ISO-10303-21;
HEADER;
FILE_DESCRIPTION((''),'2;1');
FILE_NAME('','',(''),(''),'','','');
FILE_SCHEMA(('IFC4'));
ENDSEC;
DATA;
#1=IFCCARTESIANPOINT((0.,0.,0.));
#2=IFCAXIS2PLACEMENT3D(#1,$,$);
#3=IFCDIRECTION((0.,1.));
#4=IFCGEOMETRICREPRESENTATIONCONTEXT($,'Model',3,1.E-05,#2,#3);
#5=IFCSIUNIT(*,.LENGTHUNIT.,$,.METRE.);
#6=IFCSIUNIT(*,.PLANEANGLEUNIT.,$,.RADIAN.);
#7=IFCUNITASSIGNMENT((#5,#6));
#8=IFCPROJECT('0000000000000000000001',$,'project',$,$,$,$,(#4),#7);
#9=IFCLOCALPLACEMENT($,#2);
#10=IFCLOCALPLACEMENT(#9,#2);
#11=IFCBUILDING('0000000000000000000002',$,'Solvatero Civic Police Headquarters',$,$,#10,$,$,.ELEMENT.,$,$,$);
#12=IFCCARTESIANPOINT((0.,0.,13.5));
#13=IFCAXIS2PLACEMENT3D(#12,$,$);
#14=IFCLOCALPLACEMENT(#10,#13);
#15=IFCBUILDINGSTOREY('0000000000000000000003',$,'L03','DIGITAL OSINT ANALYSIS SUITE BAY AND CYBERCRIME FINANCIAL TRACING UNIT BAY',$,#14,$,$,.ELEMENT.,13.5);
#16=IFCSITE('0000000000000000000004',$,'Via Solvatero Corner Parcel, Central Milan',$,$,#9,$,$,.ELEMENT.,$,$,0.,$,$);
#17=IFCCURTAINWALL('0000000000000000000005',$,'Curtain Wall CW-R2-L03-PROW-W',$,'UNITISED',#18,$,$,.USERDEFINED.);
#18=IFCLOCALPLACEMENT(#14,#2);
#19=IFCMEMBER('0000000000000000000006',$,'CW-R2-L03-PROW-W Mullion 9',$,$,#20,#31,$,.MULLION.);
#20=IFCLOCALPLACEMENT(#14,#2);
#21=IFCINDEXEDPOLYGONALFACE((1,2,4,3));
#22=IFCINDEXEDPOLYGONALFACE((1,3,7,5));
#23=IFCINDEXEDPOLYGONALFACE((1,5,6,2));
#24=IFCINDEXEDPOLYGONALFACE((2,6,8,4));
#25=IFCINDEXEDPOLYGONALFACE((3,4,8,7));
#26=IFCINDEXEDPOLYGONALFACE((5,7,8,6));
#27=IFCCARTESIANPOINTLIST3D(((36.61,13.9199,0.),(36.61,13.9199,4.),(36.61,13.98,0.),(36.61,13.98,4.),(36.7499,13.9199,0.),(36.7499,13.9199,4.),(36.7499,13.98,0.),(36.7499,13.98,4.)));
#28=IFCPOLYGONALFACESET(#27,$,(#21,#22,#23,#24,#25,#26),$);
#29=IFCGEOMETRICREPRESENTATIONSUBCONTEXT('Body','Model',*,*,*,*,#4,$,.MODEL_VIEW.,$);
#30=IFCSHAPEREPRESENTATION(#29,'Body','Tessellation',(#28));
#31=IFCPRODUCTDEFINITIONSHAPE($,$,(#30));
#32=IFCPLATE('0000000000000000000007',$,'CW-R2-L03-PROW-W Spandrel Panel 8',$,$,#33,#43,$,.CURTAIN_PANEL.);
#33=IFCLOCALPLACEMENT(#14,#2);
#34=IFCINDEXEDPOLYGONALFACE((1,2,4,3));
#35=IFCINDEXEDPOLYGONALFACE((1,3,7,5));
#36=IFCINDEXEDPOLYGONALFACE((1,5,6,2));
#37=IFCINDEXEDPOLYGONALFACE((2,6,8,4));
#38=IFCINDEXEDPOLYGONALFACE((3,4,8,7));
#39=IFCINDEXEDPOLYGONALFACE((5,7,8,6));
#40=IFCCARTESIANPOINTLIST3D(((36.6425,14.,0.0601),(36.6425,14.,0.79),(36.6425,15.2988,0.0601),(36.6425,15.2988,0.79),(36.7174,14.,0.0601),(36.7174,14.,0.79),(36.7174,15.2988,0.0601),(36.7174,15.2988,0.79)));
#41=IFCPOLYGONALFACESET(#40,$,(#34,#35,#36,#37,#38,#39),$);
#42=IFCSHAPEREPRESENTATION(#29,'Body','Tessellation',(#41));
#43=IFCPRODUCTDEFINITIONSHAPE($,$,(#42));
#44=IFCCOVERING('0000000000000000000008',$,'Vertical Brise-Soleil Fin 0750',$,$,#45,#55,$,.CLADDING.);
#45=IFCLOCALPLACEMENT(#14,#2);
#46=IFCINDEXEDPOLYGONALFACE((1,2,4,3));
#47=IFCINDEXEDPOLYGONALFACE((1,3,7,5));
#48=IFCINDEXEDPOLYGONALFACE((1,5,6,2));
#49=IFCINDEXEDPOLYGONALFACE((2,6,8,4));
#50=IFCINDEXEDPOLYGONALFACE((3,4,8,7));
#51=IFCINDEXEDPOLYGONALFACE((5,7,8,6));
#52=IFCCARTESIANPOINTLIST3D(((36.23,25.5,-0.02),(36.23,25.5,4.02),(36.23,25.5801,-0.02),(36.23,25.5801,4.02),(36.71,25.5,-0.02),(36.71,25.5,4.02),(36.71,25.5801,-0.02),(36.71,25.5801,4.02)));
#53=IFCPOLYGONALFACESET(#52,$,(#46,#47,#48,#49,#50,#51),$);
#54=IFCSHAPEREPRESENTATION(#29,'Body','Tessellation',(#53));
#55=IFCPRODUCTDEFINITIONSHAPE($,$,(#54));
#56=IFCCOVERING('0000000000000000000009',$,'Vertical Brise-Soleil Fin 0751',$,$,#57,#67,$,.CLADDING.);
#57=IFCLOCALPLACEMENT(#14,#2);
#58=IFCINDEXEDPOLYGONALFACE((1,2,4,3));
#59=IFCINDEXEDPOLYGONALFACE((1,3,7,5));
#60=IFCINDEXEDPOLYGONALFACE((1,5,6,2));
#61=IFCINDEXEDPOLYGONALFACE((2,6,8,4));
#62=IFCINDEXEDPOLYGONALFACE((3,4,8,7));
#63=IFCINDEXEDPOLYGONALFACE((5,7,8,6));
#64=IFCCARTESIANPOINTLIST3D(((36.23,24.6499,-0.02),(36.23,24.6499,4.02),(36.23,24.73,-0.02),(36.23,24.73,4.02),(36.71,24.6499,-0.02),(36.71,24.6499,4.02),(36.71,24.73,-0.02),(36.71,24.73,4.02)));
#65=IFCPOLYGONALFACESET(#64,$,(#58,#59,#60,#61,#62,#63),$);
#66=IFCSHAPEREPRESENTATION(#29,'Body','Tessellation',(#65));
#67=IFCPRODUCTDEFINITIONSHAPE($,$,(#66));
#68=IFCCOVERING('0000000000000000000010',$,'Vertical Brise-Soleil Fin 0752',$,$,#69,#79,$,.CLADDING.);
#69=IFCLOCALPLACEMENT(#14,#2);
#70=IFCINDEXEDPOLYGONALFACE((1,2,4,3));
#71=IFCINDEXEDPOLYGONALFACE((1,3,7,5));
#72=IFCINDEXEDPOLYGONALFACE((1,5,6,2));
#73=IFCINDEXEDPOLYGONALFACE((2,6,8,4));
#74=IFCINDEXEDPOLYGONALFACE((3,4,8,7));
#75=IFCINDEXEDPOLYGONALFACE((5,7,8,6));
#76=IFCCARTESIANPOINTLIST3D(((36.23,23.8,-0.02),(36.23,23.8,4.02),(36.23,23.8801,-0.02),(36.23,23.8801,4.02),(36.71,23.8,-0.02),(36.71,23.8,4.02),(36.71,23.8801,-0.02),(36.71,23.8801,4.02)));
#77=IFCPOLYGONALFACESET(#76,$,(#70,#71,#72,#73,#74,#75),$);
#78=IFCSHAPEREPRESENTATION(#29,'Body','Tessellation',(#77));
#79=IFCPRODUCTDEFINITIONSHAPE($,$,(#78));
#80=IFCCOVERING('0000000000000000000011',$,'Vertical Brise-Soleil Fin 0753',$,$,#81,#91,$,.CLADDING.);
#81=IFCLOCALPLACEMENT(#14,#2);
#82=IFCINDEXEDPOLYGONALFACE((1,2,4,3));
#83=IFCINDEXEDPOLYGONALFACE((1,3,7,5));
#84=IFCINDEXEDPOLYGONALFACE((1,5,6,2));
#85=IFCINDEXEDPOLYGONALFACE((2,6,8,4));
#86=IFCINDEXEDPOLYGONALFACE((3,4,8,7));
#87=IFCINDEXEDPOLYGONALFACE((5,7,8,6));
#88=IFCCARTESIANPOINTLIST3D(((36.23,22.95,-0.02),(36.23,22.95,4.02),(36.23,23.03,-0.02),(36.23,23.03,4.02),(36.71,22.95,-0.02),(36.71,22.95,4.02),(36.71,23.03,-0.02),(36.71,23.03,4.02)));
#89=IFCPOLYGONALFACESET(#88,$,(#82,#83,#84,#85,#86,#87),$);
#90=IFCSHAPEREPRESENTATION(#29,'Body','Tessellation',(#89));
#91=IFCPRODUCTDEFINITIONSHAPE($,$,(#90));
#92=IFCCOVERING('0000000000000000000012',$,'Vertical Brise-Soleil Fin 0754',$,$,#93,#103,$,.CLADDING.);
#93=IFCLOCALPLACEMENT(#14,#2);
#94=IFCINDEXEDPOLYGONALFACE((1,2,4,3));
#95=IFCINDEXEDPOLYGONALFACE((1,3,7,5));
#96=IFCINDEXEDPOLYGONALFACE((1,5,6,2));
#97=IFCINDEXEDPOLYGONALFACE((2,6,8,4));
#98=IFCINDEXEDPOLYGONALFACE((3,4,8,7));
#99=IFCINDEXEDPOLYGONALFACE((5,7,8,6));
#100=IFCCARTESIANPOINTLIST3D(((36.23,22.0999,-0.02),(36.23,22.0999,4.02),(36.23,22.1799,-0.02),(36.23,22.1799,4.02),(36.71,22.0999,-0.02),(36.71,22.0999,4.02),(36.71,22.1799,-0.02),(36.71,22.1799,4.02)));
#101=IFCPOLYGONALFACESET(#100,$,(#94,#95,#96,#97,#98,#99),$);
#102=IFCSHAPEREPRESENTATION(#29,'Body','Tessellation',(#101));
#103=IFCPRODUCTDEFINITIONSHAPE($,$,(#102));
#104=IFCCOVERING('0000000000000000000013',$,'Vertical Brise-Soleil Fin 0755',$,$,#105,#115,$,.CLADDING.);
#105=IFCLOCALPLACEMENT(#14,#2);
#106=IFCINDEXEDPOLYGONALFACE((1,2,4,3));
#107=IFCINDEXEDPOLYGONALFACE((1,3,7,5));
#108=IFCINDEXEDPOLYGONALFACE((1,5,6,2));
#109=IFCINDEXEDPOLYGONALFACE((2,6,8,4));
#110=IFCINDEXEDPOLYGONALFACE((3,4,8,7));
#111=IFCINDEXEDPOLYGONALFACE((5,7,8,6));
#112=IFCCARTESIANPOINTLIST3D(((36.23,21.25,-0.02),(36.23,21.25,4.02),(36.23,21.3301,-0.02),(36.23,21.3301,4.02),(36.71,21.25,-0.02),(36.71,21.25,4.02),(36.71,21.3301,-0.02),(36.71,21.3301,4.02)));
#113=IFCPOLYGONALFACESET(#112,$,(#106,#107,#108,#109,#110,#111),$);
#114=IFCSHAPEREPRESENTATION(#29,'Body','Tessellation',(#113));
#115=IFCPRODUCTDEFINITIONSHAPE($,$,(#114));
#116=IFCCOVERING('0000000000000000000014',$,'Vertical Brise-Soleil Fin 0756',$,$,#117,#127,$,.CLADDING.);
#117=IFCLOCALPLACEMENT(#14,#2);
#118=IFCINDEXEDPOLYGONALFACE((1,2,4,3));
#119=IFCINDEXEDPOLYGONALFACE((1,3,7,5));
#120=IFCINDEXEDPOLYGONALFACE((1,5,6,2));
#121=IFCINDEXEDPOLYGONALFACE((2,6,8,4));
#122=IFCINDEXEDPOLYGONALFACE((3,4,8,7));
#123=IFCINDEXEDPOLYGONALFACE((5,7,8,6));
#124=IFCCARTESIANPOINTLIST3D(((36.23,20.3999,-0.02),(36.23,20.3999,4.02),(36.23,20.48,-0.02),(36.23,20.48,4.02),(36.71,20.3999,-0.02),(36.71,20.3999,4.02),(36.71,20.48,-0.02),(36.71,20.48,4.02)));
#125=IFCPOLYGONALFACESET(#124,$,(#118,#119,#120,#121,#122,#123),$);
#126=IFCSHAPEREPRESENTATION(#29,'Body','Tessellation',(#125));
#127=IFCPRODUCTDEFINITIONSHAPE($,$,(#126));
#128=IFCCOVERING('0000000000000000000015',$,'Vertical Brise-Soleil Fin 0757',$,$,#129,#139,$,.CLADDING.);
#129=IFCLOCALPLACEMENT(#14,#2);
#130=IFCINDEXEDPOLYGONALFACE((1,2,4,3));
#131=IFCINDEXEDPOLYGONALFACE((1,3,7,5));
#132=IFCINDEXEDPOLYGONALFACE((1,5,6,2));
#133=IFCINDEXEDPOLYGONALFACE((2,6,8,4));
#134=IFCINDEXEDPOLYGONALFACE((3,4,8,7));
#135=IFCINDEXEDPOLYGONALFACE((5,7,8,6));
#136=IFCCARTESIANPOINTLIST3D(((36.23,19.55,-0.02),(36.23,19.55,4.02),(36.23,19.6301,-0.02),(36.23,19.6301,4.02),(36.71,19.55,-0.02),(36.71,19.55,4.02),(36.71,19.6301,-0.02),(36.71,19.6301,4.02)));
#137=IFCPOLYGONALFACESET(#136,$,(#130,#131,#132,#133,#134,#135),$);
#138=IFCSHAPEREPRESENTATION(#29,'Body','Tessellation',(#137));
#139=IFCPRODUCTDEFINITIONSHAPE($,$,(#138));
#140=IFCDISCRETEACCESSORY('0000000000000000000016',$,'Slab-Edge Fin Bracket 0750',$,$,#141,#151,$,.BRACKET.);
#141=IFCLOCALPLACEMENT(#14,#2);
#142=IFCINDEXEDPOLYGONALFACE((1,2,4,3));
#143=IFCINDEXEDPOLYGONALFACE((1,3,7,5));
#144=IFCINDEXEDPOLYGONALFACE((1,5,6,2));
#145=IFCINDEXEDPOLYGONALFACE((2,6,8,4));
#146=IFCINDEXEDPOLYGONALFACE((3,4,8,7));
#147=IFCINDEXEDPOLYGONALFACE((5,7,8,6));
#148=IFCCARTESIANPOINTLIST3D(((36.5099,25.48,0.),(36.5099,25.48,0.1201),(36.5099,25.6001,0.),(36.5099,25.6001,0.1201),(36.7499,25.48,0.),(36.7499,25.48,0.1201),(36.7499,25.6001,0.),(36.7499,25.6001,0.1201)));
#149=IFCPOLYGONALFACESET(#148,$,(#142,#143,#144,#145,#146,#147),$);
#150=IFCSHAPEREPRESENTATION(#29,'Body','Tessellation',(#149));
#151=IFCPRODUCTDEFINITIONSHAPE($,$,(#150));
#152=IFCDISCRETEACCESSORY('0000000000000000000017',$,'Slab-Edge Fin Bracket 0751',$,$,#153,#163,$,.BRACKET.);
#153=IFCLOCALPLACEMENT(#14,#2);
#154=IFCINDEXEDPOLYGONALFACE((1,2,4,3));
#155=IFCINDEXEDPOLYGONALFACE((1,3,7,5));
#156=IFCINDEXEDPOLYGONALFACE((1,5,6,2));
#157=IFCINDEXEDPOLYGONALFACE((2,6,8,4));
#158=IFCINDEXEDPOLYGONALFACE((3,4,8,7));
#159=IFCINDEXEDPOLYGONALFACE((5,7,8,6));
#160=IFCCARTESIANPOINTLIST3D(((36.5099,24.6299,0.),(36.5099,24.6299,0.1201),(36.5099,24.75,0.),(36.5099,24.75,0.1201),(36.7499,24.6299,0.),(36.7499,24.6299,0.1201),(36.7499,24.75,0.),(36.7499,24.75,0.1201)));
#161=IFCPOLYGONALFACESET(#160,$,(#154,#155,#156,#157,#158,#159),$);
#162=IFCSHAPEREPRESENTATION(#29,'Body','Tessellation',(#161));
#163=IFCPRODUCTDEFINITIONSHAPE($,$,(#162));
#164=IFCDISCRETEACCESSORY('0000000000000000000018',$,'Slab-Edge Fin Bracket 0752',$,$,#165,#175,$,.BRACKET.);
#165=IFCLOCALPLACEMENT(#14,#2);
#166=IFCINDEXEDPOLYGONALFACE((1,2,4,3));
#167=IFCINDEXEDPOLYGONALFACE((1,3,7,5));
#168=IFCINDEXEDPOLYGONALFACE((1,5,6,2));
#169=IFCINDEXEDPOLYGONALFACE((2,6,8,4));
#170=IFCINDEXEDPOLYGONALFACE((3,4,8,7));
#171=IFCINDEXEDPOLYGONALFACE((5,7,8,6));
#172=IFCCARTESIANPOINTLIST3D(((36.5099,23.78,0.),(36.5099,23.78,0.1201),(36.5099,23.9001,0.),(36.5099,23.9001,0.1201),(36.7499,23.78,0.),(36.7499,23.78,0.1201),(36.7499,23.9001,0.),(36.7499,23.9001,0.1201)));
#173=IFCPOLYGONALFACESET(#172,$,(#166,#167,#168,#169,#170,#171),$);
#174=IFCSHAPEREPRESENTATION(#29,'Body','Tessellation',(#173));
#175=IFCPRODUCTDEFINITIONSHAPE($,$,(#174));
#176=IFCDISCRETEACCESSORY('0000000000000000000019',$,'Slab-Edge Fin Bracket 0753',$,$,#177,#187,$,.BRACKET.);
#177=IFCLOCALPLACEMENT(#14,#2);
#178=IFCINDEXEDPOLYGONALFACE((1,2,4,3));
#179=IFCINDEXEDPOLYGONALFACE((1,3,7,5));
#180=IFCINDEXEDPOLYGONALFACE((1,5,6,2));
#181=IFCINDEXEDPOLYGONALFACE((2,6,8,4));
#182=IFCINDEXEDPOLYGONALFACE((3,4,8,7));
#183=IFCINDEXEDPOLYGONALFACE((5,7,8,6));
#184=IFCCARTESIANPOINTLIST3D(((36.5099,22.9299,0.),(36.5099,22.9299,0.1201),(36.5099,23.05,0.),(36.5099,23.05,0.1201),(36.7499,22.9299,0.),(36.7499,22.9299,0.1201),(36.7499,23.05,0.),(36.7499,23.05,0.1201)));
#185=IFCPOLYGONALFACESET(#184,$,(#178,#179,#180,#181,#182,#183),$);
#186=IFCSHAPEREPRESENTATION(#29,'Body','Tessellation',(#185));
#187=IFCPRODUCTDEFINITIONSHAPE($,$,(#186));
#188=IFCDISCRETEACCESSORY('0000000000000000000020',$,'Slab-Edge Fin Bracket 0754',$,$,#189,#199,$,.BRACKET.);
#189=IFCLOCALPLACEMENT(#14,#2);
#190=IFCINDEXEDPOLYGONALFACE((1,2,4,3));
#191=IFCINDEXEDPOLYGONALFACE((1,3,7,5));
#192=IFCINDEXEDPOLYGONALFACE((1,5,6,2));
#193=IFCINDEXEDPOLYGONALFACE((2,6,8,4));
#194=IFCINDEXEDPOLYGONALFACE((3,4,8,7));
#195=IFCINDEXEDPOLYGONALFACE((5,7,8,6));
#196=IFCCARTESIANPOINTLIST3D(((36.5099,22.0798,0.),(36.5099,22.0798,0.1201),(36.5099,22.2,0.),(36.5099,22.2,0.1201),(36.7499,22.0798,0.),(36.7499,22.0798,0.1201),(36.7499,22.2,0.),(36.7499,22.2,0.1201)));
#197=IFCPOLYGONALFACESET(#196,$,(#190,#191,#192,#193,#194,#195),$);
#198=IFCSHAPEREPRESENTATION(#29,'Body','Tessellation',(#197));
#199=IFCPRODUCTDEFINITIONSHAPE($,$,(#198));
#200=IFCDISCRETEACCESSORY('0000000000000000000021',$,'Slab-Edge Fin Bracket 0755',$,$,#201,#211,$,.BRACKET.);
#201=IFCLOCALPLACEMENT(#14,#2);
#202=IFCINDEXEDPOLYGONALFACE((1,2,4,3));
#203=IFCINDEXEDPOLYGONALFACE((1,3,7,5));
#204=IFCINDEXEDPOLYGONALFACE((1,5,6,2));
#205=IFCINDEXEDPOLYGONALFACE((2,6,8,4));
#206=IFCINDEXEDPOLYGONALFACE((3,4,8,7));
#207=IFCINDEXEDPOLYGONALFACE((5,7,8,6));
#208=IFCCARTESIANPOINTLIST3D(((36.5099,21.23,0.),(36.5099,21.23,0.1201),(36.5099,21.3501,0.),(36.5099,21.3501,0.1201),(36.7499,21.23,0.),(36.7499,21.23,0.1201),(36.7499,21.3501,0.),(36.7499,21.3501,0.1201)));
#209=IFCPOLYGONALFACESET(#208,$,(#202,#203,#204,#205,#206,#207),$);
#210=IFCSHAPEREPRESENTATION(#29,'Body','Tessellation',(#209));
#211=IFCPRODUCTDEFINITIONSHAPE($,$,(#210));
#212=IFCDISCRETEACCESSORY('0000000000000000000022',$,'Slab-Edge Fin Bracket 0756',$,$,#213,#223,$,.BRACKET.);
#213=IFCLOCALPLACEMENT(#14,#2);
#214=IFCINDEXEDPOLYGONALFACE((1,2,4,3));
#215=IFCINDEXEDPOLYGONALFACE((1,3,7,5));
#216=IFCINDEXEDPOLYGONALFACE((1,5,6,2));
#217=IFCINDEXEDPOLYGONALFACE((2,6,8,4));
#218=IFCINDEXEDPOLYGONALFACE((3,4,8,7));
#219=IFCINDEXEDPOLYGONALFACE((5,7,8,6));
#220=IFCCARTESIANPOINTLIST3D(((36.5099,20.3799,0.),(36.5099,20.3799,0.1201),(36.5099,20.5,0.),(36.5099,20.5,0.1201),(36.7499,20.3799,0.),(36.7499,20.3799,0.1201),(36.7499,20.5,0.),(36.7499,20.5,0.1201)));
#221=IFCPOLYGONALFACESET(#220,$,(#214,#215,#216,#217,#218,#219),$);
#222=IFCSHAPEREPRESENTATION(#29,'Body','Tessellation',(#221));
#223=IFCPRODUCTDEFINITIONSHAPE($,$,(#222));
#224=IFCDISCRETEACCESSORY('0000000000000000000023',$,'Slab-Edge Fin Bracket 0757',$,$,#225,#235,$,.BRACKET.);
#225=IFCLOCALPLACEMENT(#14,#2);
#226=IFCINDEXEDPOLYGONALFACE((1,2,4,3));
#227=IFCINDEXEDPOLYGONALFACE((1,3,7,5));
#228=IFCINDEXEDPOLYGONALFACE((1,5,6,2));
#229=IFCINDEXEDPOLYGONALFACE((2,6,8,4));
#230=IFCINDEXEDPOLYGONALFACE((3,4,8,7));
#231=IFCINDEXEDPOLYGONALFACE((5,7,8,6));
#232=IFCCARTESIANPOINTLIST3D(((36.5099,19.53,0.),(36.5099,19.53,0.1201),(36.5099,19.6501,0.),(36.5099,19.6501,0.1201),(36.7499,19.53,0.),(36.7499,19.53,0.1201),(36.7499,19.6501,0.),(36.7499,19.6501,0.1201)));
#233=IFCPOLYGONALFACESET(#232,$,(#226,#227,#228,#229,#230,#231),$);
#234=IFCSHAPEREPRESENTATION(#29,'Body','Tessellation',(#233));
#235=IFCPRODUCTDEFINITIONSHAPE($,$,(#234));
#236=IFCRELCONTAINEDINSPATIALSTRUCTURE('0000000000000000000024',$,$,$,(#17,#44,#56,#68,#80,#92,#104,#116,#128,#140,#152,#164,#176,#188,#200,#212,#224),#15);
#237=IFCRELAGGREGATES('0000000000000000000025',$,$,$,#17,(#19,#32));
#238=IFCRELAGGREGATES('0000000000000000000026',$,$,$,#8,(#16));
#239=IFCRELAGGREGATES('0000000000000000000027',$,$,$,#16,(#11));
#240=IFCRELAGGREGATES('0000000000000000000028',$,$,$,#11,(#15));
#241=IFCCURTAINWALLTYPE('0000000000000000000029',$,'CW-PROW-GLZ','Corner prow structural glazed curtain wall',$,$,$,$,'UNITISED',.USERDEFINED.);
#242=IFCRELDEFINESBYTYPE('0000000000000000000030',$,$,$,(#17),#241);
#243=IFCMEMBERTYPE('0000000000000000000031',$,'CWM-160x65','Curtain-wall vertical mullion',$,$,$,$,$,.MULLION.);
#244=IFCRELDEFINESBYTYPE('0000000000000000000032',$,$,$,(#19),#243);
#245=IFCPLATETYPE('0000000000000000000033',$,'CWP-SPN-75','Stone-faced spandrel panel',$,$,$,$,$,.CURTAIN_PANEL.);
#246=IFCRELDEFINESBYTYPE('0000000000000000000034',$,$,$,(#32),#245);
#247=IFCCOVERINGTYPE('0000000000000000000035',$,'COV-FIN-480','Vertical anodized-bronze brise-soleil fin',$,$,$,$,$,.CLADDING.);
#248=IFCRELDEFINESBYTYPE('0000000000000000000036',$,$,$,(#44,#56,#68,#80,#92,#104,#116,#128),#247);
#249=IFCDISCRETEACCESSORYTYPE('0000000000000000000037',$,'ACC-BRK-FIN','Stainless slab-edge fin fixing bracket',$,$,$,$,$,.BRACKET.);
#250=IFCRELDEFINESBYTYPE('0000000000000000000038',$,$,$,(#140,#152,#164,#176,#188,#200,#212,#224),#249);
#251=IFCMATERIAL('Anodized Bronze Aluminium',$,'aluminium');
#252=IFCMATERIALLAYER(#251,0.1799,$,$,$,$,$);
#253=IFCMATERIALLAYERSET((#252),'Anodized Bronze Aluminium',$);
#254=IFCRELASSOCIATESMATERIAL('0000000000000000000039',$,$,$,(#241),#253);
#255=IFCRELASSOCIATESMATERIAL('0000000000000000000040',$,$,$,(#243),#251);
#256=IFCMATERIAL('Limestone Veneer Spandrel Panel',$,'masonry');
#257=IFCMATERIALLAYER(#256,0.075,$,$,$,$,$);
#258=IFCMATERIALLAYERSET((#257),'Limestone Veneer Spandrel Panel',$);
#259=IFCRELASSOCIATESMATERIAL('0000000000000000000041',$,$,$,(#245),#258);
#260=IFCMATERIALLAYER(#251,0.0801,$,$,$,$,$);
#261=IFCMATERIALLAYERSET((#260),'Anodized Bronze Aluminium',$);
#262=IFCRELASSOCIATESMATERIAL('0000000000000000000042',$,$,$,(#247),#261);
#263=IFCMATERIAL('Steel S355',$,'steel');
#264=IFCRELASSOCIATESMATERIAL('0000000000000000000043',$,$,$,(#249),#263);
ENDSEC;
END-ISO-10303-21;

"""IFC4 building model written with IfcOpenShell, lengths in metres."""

from ifc_helpers import new_model, si_unit, direction, frame, origin, origin_2d, place, context, subcontext, project, spatial, rectangle, extrude, material, layer, layer_set, material_profile, profile_set, type_object, element, aggregate, save


model = new_model("IFC4")

# Units and contexts
model_context = context("Model", 3, precision=1e-05, world=origin(), true_north=direction((0.0, 1.0)))
body_context = subcontext(model_context, "Body", "Model", "MODEL_VIEW")
ifc_project = project(units=[si_unit("LENGTHUNIT", "METRE"), si_unit("PLANEANGLEUNIT", "RADIAN")], contexts=[model_context])

# Site, building, storey
site_placement = place(None, origin())
site = spatial("IfcSite", under=ifc_project, at=site_placement, Name="Via Solvatero Corner Parcel, Central Milan", CompositionType="ELEMENT", RefElevation=0.0)
building_placement = place(site_placement, origin())
building = spatial("IfcBuilding", under=site, at=building_placement, Name="Solvatero Civic Police Headquarters", CompositionType="ELEMENT")
storey_placement = place(building_placement, frame((0.0, 0.0, 13.5)))
storey = spatial("IfcBuildingStorey", under=building, at=storey_placement, Name="L03", Description="DIGITAL OSINT ANALYSIS SUITE BAY AND CYBERCRIME FINANCIAL TRACING UNIT BAY", CompositionType="ELEMENT", Elevation=13.5)

# Curtain wall, member, plate
ifc_material_1 = material(Name="Anodized Bronze Aluminium", Category="aluminium")
ifc_layer_1 = layer(ifc_material_1, 0.1799)
ifc_layer_set_1 = layer_set([ifc_layer_1], Name="Anodized Bronze Aluminium")
curtain_wall_type = type_object("IfcCurtainWallType", Name="CW-PROW-GLZ", Description="Corner prow structural glazed curtain wall", ElementType="UNITISED", PredefinedType="USERDEFINED", material=ifc_layer_set_1)
curtain_wall_placement = place(storey_placement, origin())
curtain_wall = element("IfcCurtainWall", 1, at=curtain_wall_placement, inside=storey, type_object=curtain_wall_type, Name="Curtain Wall CW-R2-L03-PROW-W", ObjectType="UNITISED", PredefinedType="USERDEFINED")
ifc_material_profile = material_profile(ifc_material_1, rectangle(XDim=0.0601, YDim=0.1399, at=origin_2d()), Name="ALU MULLION 60x140")
ifc_profile_set = profile_set([ifc_material_profile], Name="Anodized Bronze Aluminium")
member_type = type_object("IfcMemberType", Name="CWM-160x65", Description="Curtain-wall vertical mullion", PredefinedType="MULLION", material=ifc_profile_set)
member_placement = place(storey_placement, frame((36.6799, 13.95, 0.0), z_axis=(0.0, 0.0, 1.0), x_axis=(0.0, -1.0, 0.0)))
member = element("IfcMember", 2, at=member_placement, type_object=member_type, Name="CW-R2-L03-PROW-W Mullion 9", PredefinedType="MULLION", context=body_context, shape_type="SweptSolid", body=[
    extrude(rectangle(XDim=0.0601, YDim=0.1399, at=origin_2d()), origin(), (0.0, 0.0, 1.0), 4.0),
])
ifc_material_2 = material(Name="Limestone Veneer Spandrel Panel", Category="masonry")
ifc_layer_2 = layer(ifc_material_2, 0.075)
ifc_layer_set_2 = layer_set([ifc_layer_2], Name="Limestone Veneer Spandrel Panel")
plate_type = type_object("IfcPlateType", Name="CWP-SPN-75", Description="Stone-faced spandrel panel", PredefinedType="CURTAIN_PANEL", material=ifc_layer_set_2)
plate_placement = place(storey_placement, frame((36.6799, 14.6494, 0.0601), z_axis=(0.0, 0.0, 1.0), x_axis=(0.0, -1.0, 0.0)))
plate = element("IfcPlate", 3, at=plate_placement, type_object=plate_type, Name="CW-R2-L03-PROW-W Spandrel Panel 8", PredefinedType="CURTAIN_PANEL", context=body_context, shape_type="SweptSolid", body=[
    extrude(rectangle(XDim=1.2988, YDim=0.075, at=origin_2d()), origin(), (0.0, 0.0, 1.0), 0.73),
])
aggregate(curtain_wall, [member, plate])

# Coverings
ifc_layer_3 = layer(ifc_material_1, 0.0801)
ifc_layer_set_3 = layer_set([ifc_layer_3], Name="Anodized Bronze Aluminium")
covering_type = type_object("IfcCoveringType", Name="COV-FIN-480", Description="Vertical anodized-bronze brise-soleil fin", PredefinedType="CLADDING", material=ifc_layer_set_3)
for number, where, z_axis, x_axis, name in (
    (4, (36.47, 25.54, -0.02), (0.0, 0.0, 1.0), (0.0, -1.0, 0.0), "Vertical Brise-Soleil Fin 0750"),
    (5, (36.47, 24.6899, -0.02), (0.0, 0.0, 1.0), (0.0, -1.0, 0.0), "Vertical Brise-Soleil Fin 0751"),
    (6, (36.47, 23.8401, -0.02), (0.0, 0.0, 1.0), (0.0, -1.0, 0.0), "Vertical Brise-Soleil Fin 0752"),
    (7, (36.47, 22.99, -0.02), (0.0, 0.0, 1.0), (0.0, -1.0, 0.0), "Vertical Brise-Soleil Fin 0753"),
    (8, (36.47, 22.1399, -0.02), (0.0, 0.0, 1.0), (0.0, -1.0, 0.0), "Vertical Brise-Soleil Fin 0754"),
    (9, (36.47, 21.29, -0.02), (0.0, 0.0, 1.0), (0.0, -1.0, 0.0), "Vertical Brise-Soleil Fin 0755"),
    (10, (36.47, 20.4399, -0.02), (0.0, 0.0, 1.0), (0.0, -1.0, 0.0), "Vertical Brise-Soleil Fin 0756"),
    (11, (36.47, 19.5901, -0.02), (0.0, 0.0, 1.0), (0.0, -1.0, 0.0), "Vertical Brise-Soleil Fin 0757"),
):
    element("IfcCovering", number, at=place(storey_placement, frame(where, z_axis=z_axis, x_axis=x_axis)), inside=storey, type_object=covering_type, Name=name, PredefinedType="CLADDING", context=body_context, shape_type="SweptSolid", body=[
        extrude(rectangle(XDim=0.0801, YDim=0.48, at=origin_2d()), origin(), (0.0, 0.0, 1.0), 4.04),
    ])

# Discrete accessories
ifc_material_3 = material(Name="Steel S355", Category="steel")
discrete_accessory_type = type_object("IfcDiscreteAccessoryType", Name="ACC-BRK-FIN", Description="Stainless slab-edge fin fixing bracket", PredefinedType="BRACKET", material=ifc_material_3)
for number, where, z_axis, x_axis, name in (
    (12, (36.6299, 25.54, 0.0), (0.0, 0.0, 1.0), (0.0, -1.0, 0.0), "Slab-Edge Fin Bracket 0750"),
    (13, (36.6299, 24.6899, 0.0), (0.0, 0.0, 1.0), (0.0, -1.0, 0.0), "Slab-Edge Fin Bracket 0751"),
    (14, (36.6299, 23.8401, 0.0), (0.0, 0.0, 1.0), (0.0, -1.0, 0.0), "Slab-Edge Fin Bracket 0752"),
    (15, (36.6299, 22.99, 0.0), (0.0, 0.0, 1.0), (0.0, -1.0, 0.0), "Slab-Edge Fin Bracket 0753"),
    (16, (36.6299, 22.1399, 0.0), (0.0, 0.0, 1.0), (0.0, -1.0, 0.0), "Slab-Edge Fin Bracket 0754"),
    (17, (36.6299, 21.29, 0.0), (0.0, 0.0, 1.0), (0.0, -1.0, 0.0), "Slab-Edge Fin Bracket 0755"),
    (18, (36.6299, 20.4399, 0.0), (0.0, 0.0, 1.0), (0.0, -1.0, 0.0), "Slab-Edge Fin Bracket 0756"),
    (19, (36.6299, 19.5901, 0.0), (0.0, 0.0, 1.0), (0.0, -1.0, 0.0), "Slab-Edge Fin Bracket 0757"),
):
    element("IfcDiscreteAccessory", number, at=place(storey_placement, frame(where, z_axis=z_axis, x_axis=x_axis)), inside=storey, type_object=discrete_accessory_type, Name=name, PredefinedType="BRACKET", context=body_context, shape_type="SweptSolid", body=[
        extrude(rectangle(XDim=0.1201, YDim=0.24, at=origin_2d()), origin(), (0.0, 0.0, 1.0), 0.1201),
    ])

save(model, "model.ifc")
